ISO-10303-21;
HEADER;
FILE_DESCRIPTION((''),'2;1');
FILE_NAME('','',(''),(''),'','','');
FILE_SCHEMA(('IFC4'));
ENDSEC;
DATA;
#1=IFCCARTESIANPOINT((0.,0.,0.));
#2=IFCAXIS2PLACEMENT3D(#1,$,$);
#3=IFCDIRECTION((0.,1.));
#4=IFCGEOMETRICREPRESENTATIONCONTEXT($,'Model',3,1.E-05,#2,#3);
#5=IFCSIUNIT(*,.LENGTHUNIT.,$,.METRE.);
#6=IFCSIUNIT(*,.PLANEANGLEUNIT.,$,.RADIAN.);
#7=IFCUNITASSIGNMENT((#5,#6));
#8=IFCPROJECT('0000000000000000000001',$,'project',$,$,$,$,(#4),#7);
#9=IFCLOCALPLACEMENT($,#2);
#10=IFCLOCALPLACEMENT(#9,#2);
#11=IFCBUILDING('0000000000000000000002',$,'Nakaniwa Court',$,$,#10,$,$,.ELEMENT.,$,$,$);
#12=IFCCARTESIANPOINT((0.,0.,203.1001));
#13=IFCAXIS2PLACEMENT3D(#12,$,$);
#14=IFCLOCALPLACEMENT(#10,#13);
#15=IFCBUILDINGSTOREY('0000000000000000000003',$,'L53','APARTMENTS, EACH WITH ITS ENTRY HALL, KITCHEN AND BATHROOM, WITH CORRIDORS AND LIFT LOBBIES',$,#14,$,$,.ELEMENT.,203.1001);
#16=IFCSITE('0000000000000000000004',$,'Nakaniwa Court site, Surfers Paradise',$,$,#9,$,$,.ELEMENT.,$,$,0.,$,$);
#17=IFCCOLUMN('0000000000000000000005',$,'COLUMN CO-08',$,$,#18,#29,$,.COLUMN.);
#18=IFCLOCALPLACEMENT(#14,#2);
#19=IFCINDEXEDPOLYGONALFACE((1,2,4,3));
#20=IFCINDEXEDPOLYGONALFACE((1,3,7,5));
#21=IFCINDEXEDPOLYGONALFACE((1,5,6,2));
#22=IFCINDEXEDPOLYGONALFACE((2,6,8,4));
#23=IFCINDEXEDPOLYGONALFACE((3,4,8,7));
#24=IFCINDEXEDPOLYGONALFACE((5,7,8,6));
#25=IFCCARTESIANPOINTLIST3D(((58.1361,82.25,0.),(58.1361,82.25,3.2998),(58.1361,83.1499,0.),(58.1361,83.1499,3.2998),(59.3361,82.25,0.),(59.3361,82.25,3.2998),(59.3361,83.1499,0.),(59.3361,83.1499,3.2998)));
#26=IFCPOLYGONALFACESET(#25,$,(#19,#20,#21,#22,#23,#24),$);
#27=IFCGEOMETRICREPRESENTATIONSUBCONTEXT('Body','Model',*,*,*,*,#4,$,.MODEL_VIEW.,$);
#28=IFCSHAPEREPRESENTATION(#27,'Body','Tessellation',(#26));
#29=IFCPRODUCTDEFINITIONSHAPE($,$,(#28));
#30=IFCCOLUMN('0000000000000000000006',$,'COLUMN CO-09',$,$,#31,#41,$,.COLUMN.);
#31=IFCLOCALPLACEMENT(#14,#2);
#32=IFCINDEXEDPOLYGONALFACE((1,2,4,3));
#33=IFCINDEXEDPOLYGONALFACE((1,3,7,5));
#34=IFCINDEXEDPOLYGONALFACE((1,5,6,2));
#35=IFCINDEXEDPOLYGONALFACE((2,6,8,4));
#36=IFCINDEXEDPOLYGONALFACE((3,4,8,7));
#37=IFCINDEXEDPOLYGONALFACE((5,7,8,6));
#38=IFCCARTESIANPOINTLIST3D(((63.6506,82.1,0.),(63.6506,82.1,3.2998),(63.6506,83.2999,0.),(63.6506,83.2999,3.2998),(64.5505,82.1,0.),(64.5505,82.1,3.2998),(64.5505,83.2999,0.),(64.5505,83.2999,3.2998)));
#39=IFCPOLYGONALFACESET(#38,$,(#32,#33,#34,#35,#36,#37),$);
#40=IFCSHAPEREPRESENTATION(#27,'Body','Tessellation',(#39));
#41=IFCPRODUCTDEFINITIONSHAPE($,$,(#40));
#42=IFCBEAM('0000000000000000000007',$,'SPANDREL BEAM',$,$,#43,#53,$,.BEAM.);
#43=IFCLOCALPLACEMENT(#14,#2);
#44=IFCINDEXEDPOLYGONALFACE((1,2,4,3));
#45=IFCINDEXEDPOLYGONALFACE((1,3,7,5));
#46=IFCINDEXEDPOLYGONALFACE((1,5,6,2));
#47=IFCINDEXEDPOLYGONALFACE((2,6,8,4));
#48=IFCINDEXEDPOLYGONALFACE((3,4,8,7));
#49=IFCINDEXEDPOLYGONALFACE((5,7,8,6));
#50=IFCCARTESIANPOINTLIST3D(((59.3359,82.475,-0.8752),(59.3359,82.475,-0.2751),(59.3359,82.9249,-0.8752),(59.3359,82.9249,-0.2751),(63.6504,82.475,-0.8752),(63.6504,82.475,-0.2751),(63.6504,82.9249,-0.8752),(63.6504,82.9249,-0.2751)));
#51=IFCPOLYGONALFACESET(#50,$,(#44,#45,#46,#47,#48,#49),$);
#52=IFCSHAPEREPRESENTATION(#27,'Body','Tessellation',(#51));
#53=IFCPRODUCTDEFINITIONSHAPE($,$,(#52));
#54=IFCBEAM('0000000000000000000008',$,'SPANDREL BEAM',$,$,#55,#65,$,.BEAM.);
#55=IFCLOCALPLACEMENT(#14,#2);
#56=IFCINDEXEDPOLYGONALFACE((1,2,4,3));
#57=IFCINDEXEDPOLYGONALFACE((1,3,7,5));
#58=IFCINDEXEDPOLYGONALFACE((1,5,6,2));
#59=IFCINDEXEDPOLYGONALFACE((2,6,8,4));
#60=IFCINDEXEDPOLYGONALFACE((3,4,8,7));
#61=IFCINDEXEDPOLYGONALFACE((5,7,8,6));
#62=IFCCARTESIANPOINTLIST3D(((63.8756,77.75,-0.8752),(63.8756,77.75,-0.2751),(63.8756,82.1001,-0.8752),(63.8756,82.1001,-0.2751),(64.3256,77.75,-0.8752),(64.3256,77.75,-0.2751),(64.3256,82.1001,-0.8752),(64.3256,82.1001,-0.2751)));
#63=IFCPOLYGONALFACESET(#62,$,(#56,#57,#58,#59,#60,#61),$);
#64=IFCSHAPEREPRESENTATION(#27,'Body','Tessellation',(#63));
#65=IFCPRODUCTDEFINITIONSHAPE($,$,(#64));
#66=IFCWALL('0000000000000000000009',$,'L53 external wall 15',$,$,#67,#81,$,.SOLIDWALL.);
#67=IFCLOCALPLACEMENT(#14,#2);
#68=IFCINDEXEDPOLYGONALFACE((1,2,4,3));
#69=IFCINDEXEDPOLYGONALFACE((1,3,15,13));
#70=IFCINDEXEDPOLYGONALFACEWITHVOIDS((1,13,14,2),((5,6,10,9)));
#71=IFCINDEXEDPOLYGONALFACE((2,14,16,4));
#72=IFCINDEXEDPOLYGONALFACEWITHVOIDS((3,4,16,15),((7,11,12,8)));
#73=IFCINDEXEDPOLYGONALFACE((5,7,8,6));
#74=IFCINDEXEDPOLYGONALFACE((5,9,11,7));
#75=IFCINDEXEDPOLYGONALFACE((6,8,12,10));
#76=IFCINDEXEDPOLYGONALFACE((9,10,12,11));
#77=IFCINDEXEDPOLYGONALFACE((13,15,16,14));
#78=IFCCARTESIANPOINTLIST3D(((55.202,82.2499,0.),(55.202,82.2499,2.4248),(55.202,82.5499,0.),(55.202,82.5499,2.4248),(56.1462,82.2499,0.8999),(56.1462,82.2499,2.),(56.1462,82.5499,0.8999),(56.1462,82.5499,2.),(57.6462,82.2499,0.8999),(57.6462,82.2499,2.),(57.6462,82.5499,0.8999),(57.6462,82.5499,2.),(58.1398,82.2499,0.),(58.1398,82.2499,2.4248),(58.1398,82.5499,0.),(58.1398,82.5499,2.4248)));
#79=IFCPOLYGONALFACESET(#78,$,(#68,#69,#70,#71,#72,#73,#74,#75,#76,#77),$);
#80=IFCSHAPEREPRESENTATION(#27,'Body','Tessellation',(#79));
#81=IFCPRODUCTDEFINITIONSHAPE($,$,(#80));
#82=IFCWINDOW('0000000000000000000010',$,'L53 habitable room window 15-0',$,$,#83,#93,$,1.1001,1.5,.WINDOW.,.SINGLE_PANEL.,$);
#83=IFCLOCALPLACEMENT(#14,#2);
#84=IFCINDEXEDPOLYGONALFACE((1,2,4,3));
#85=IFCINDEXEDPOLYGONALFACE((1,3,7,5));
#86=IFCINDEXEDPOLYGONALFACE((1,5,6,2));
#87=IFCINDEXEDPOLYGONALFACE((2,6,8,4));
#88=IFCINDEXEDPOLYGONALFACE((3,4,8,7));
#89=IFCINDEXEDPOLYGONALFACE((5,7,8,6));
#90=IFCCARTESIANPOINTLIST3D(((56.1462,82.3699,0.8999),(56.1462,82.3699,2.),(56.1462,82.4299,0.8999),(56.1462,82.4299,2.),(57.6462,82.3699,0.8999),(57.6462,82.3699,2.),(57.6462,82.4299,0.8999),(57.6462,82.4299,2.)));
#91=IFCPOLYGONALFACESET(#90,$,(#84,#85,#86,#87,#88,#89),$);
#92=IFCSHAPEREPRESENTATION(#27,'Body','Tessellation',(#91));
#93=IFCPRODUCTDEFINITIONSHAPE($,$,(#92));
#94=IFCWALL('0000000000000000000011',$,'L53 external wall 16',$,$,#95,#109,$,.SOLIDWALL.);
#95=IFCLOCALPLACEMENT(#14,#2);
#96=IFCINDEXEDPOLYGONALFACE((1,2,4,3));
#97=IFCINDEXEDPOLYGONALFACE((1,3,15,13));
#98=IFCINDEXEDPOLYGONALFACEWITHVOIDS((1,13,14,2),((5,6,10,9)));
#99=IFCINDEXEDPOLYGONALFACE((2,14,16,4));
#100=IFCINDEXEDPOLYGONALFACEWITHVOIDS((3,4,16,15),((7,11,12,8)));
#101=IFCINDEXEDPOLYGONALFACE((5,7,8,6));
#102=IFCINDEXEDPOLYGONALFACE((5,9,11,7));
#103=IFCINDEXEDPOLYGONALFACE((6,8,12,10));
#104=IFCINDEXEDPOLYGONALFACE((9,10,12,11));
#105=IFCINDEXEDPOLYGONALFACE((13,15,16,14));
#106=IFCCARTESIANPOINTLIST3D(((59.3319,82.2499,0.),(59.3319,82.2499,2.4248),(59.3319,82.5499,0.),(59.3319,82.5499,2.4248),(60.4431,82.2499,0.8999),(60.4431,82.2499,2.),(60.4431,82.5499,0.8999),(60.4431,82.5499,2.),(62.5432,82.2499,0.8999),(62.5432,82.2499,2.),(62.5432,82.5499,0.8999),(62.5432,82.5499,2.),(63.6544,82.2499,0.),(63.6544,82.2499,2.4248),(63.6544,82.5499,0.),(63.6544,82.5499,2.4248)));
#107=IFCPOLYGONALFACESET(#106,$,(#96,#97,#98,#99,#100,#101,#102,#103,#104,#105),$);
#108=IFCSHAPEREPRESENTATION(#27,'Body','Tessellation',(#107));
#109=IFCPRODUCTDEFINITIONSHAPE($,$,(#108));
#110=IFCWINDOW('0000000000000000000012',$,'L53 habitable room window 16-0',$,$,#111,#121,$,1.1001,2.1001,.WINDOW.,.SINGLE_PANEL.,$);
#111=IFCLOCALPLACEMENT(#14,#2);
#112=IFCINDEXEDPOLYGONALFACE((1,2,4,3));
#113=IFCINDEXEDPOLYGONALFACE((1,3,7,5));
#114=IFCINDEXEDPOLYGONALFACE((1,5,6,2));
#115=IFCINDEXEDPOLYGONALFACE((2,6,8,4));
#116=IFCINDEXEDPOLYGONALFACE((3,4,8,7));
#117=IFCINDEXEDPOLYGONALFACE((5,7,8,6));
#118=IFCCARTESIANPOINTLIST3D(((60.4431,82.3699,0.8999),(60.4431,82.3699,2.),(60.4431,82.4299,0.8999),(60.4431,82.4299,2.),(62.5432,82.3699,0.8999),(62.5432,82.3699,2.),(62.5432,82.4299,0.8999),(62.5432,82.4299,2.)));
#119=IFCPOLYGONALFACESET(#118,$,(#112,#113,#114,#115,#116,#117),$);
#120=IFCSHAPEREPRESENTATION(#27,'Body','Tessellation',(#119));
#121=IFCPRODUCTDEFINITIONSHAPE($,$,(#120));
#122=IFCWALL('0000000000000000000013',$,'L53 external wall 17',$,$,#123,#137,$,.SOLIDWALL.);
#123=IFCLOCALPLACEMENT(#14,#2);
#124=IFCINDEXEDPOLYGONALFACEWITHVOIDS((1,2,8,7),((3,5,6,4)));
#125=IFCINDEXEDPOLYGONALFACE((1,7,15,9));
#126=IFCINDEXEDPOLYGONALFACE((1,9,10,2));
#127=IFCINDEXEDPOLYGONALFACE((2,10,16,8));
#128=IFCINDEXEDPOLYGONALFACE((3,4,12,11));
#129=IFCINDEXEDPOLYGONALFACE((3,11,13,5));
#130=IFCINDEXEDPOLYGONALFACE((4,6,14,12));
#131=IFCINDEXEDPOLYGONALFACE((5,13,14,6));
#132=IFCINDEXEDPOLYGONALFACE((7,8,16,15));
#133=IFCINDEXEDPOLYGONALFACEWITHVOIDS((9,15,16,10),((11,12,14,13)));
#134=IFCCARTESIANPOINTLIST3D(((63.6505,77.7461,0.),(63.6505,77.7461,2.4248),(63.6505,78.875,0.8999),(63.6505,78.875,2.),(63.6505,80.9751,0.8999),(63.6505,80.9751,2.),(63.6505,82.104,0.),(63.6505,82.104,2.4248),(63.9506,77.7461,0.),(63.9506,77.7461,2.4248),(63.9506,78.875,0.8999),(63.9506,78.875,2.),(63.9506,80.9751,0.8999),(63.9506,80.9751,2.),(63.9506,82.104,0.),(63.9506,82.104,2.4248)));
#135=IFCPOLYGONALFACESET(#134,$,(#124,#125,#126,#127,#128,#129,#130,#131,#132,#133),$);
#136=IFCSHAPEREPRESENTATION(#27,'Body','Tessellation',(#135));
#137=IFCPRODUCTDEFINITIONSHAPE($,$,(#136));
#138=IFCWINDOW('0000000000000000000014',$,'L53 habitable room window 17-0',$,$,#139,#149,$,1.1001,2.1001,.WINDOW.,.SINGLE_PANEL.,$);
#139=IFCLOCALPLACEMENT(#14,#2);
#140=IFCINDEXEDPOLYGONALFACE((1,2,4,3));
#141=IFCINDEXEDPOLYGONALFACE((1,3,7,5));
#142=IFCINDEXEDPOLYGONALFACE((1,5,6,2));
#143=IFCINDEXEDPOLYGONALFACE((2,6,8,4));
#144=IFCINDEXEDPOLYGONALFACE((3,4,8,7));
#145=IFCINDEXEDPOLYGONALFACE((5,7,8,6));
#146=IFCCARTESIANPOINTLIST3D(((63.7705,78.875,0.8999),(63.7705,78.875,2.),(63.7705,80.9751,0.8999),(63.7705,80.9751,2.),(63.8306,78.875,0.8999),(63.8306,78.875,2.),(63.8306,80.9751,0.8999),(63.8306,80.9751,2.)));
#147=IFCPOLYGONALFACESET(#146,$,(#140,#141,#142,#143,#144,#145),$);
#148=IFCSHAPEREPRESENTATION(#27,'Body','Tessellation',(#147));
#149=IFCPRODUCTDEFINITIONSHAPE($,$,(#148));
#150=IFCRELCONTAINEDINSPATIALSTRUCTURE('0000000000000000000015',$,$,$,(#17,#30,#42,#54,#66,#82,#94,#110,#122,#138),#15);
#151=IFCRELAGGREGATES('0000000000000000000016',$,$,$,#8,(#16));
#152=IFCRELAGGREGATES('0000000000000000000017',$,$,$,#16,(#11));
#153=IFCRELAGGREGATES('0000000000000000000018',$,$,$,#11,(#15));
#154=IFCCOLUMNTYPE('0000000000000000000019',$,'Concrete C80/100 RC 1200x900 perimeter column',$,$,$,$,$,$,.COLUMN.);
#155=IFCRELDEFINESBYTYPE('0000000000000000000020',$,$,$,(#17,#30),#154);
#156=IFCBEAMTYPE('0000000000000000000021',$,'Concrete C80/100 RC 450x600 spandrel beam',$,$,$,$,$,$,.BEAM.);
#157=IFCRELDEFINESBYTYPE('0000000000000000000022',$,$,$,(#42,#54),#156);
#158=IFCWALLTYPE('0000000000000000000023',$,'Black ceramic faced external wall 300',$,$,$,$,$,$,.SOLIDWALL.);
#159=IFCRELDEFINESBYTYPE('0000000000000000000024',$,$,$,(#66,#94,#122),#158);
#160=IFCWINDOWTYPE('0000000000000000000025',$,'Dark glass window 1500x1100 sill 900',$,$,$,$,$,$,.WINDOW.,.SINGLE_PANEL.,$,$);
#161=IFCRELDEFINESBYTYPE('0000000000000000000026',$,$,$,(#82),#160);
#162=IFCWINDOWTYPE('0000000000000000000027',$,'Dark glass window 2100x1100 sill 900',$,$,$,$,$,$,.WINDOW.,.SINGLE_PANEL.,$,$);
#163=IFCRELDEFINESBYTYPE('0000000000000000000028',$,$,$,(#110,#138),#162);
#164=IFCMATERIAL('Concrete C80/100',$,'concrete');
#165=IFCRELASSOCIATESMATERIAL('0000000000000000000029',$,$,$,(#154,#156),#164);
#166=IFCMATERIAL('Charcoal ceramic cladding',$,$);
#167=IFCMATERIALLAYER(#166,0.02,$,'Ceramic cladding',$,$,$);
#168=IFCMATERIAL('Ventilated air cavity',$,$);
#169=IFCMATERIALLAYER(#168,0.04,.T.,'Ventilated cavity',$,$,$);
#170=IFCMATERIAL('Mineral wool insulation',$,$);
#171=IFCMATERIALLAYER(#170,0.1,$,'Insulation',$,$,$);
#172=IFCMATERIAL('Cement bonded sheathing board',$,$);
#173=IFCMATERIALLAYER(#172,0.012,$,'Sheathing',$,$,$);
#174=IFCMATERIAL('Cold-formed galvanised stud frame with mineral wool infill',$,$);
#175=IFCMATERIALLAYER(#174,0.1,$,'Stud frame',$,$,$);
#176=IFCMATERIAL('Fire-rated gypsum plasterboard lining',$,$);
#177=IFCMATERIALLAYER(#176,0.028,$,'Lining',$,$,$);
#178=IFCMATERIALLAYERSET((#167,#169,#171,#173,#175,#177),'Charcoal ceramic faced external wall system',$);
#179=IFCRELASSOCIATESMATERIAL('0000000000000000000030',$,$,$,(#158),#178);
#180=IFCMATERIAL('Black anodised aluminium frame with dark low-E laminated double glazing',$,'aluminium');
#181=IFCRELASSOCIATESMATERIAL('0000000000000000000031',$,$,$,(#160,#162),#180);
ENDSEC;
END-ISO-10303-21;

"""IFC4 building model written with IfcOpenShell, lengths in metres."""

from ifc_helpers import new_model, si_unit, direction, frame, frame_2d, origin, origin_2d, place, context, subcontext, project, spatial, rectangle, extrude, material, layer, layer_set, material_profile, profile_set, type_object, element, fill, save


model = new_model("IFC4")

# Units and contexts
model_context = context("Model", 3, precision=1e-05, world=origin(), true_north=direction((0.0, 1.0)))
body_context = subcontext(model_context, "Body", "Model", "MODEL_VIEW")
ifc_project = project(units=[si_unit("LENGTHUNIT", "METRE"), si_unit("PLANEANGLEUNIT", "RADIAN")], contexts=[model_context])

# Site, building, storey
site_placement = place(None, origin())
site = spatial("IfcSite", under=ifc_project, at=site_placement, Name="Nakaniwa Court site, Surfers Paradise", CompositionType="ELEMENT", RefElevation=0.0)
building_placement = place(site_placement, origin())
building = spatial("IfcBuilding", under=site, at=building_placement, Name="Nakaniwa Court", CompositionType="ELEMENT")
storey_placement = place(building_placement, frame((0.0, 0.0, 203.1001)))
storey = spatial("IfcBuildingStorey", under=building, at=storey_placement, Name="L53", Description="APARTMENTS, EACH WITH ITS ENTRY HALL, KITCHEN AND BATHROOM, WITH CORRIDORS AND LIFT LOBBIES", CompositionType="ELEMENT", Elevation=203.1001)

# Columns
ifc_material_1 = material(Name="Concrete C80/100", Category="concrete")
ifc_material_profile_1 = material_profile(ifc_material_1, rectangle(XDim=1.2, YDim=0.8999, at=origin_2d()), Name="Concrete C80/100 RC 1200x900 perimeter column")
ifc_profile_set_1 = profile_set([ifc_material_profile_1], Name="Concrete C80/100")
column_type = type_object("IfcColumnType", Name="Concrete C80/100 RC 1200x900 perimeter column", PredefinedType="COLUMN", material=ifc_profile_set_1)
for number, where, z_axis, x_axis, name in (
    (1, (58.7361, 82.7, 0.0), (0.0, 0.0, 1.0), (1.0, 0.0, 0.0), "COLUMN CO-08"),
    (2, (64.1006, 82.7, 0.0), (0.0, 0.0, 1.0), (0.0, -1.0, 0.0), "COLUMN CO-09"),
):
    element("IfcColumn", number, at=place(storey_placement, frame(where, z_axis=z_axis, x_axis=x_axis)), inside=storey, type_object=column_type, Name=name, PredefinedType="COLUMN", context=body_context, shape_type="SweptSolid", body=[
        extrude(rectangle(XDim=1.2, YDim=0.8999, at=origin_2d()), origin(), (0.0, 0.0, 1.0), 3.2998),
    ])

# Beams
ifc_material_profile_2 = material_profile(ifc_material_1, rectangle(XDim=0.45, YDim=0.6001, at=origin_2d()), Name="Concrete C80/100 RC 450x600 spandrel beam")
ifc_profile_set_2 = profile_set([ifc_material_profile_2], Name="Concrete C80/100")
beam_type = type_object("IfcBeamType", Name="Concrete C80/100 RC 450x600 spandrel beam", PredefinedType="BEAM", material=ifc_profile_set_2)
beam_1_placement = place(storey_placement, frame((59.3359, 82.7, -0.5752), z_axis=(1.0, 0.0, 0.0), x_axis=(0.0, 1.0, 0.0)))
element("IfcBeam", 3, at=beam_1_placement, inside=storey, type_object=beam_type, Name="SPANDREL BEAM", PredefinedType="BEAM", context=body_context, shape_type="SweptSolid", body=[
    extrude(rectangle(XDim=0.45, YDim=0.6001, at=origin_2d()), origin(), (0.0, 0.0, 1.0), 4.3145),
])
beam_2_placement = place(storey_placement, frame((64.1006, 82.1001, -0.5752), z_axis=(0.0, -1.0, 0.0), x_axis=(1.0, 0.0, 0.0)))
element("IfcBeam", 4, at=beam_2_placement, inside=storey, type_object=beam_type, Name="SPANDREL BEAM", PredefinedType="BEAM", context=body_context, shape_type="SweptSolid", body=[
    extrude(rectangle(XDim=0.45, YDim=0.6001, at=origin_2d()), origin(), (0.0, 0.0, 1.0), 4.3501),
])

# Walls, openings, windows
ifc_material_2 = material(Name="Charcoal ceramic cladding")
ifc_layer_1 = layer(ifc_material_2, 0.02, Name="Ceramic cladding")
ifc_material_3 = material(Name="Ventilated air cavity")
ifc_layer_2 = layer(ifc_material_3, 0.04, ventilated=True, Name="Ventilated cavity")
ifc_material_4 = material(Name="Mineral wool insulation")
ifc_layer_3 = layer(ifc_material_4, 0.1, Name="Insulation")
ifc_material_5 = material(Name="Cement bonded sheathing board")
ifc_layer_4 = layer(ifc_material_5, 0.012, Name="Sheathing")
ifc_material_6 = material(Name="Cold-formed galvanised stud frame with mineral wool infill")
ifc_layer_5 = layer(ifc_material_6, 0.1, Name="Stud frame")
ifc_material_7 = material(Name="Fire-rated gypsum plasterboard lining")
ifc_layer_6 = layer(ifc_material_7, 0.028, Name="Lining")
ifc_layer_set_1 = layer_set([ifc_layer_1, ifc_layer_2, ifc_layer_3, ifc_layer_4, ifc_layer_5, ifc_layer_6], Name="Charcoal ceramic faced external wall system")
wall_type_1 = type_object("IfcWallType", Name="Black ceramic faced external wall 300", PredefinedType="SOLIDWALL", material=ifc_layer_set_1)
wall_1_placement = place(storey_placement, frame((55.2021, 82.3999, 0.0), z_axis=(0.0, 0.0, 1.0), x_axis=(1.0, 0.0, 0.0)))
wall_1 = element("IfcWall", 5, at=wall_1_placement, inside=storey, type_object=wall_type_1, Name="L53 external wall 15", PredefinedType="SOLIDWALL", context=body_context, shape_type="SweptSolid", body=[
    extrude(rectangle(XDim=2.9377, YDim=0.3, at=frame_2d((1.4688, 0.0))), origin(), (0.0, 0.0, 1.0), 2.4248),
])
opening_1_placement = place(wall_1_placement, frame((0.9441, 0.0, 0.8999)))
opening_1 = element("IfcOpeningElement", 6, at=opening_1_placement, cuts=wall_1, PredefinedType="OPENING", context=body_context, shape_type="SweptSolid", body=[
    extrude(rectangle(XDim=1.5, YDim=1.1001, at=frame_2d((0.75, 0.55))), frame((0.0, 0.1599, 0.0), z_axis=(0.0, -1.0, 0.0), x_axis=(1.0, 0.0, 0.0)), (0.0, 0.0, 1.0), 0.3201),
])
ifc_material_8 = material(Name="Black anodised aluminium frame with dark low-E laminated double glazing", Category="aluminium")
window_type_1 = type_object("IfcWindowType", Name="Dark glass window 1500x1100 sill 900", PartitioningType="SINGLE_PANEL", PredefinedType="WINDOW", material=ifc_material_8)
window_1_placement = place(opening_1_placement, origin())
window_1 = element("IfcWindow", 7, at=window_1_placement, inside=storey, type_object=window_type_1, Name="L53 habitable room window 15-0", OverallHeight=1.1001, OverallWidth=1.5, PartitioningType="SINGLE_PANEL", PredefinedType="WINDOW", context=body_context, shape_type="SweptSolid", body=[
    extrude(rectangle(XDim=1.5, YDim=1.1001, at=frame_2d((0.75, 0.55))), frame((0.0, 0.03, 0.0), z_axis=(0.0, -1.0, 0.0), x_axis=(1.0, 0.0, 0.0)), (0.0, 0.0, 1.0), 0.0601),
])
fill(opening_1, window_1)
wall_2_placement = place(storey_placement, frame((59.332, 82.3999, 0.0), z_axis=(0.0, 0.0, 1.0), x_axis=(1.0, 0.0, 0.0)))
wall_2 = element("IfcWall", 8, at=wall_2_placement, inside=storey, type_object=wall_type_1, Name="L53 external wall 16", PredefinedType="SOLIDWALL", context=body_context, shape_type="SweptSolid", body=[
    extrude(rectangle(XDim=4.3225, YDim=0.3, at=frame_2d((2.1611, 0.0))), origin(), (0.0, 0.0, 1.0), 2.4248),
])
opening_2_placement = place(wall_2_placement, frame((1.1111, 0.0, 0.8999)))
opening_2 = element("IfcOpeningElement", 9, at=opening_2_placement, cuts=wall_2, PredefinedType="OPENING", context=body_context, shape_type="SweptSolid", body=[
    extrude(rectangle(XDim=2.1001, YDim=1.1001, at=frame_2d((1.05, 0.55))), frame((0.0, 0.1599, 0.0), z_axis=(0.0, -1.0, 0.0), x_axis=(1.0, 0.0, 0.0)), (0.0, 0.0, 1.0), 0.3201),
])
window_type_2 = type_object("IfcWindowType", Name="Dark glass window 2100x1100 sill 900", PartitioningType="SINGLE_PANEL", PredefinedType="WINDOW", material=ifc_material_8)
window_2_placement = place(opening_2_placement, origin())
window_2 = element("IfcWindow", 10, at=window_2_placement, inside=storey, type_object=window_type_2, Name="L53 habitable room window 16-0", OverallHeight=1.1001, OverallWidth=2.1001, PartitioningType="SINGLE_PANEL", PredefinedType="WINDOW", context=body_context, shape_type="SweptSolid", body=[
    extrude(rectangle(XDim=2.1001, YDim=1.1001, at=frame_2d((1.05, 0.55))), frame((0.0, 0.03, 0.0), z_axis=(0.0, -1.0, 0.0), x_axis=(1.0, 0.0, 0.0)), (0.0, 0.0, 1.0), 0.0601),
])
fill(opening_2, window_2)
wall_3_placement = place(storey_placement, frame((63.8005, 82.104, 0.0), z_axis=(0.0, 0.0, 1.0), x_axis=(0.0, -1.0, 0.0)))
wall_3 = element("IfcWall", 11, at=wall_3_placement, inside=storey, type_object=wall_type_1, Name="L53 external wall 17", PredefinedType="SOLIDWALL", context=body_context, shape_type="SweptSolid", body=[
    extrude(rectangle(XDim=4.3579, YDim=0.3, at=frame_2d((2.179, 0.0))), origin(), (0.0, 0.0, 1.0), 2.4248),
])
opening_3_placement = place(wall_3_placement, frame((1.1289, 0.0, 0.8999)))
opening_3 = element("IfcOpeningElement", 12, at=opening_3_placement, cuts=wall_3, PredefinedType="OPENING", context=body_context, shape_type="SweptSolid", body=[
    extrude(rectangle(XDim=2.1001, YDim=1.1001, at=frame_2d((1.05, 0.55))), frame((0.0, 0.1599, 0.0), z_axis=(0.0, -1.0, 0.0), x_axis=(1.0, 0.0, 0.0)), (0.0, 0.0, 1.0), 0.3201),
])
window_3_placement = place(opening_3_placement, origin())
window_3 = element("IfcWindow", 13, at=window_3_placement, inside=storey, type_object=window_type_2, Name="L53 habitable room window 17-0", OverallHeight=1.1001, OverallWidth=2.1001, PartitioningType="SINGLE_PANEL", PredefinedType="WINDOW", context=body_context, shape_type="SweptSolid", body=[
    extrude(rectangle(XDim=2.1001, YDim=1.1001, at=frame_2d((1.05, 0.55))), frame((0.0, 0.03, 0.0), z_axis=(0.0, -1.0, 0.0), x_axis=(1.0, 0.0, 0.0)), (0.0, 0.0, 1.0), 0.0601),
])
fill(opening_3, window_3)

save(model, "model.ifc")
